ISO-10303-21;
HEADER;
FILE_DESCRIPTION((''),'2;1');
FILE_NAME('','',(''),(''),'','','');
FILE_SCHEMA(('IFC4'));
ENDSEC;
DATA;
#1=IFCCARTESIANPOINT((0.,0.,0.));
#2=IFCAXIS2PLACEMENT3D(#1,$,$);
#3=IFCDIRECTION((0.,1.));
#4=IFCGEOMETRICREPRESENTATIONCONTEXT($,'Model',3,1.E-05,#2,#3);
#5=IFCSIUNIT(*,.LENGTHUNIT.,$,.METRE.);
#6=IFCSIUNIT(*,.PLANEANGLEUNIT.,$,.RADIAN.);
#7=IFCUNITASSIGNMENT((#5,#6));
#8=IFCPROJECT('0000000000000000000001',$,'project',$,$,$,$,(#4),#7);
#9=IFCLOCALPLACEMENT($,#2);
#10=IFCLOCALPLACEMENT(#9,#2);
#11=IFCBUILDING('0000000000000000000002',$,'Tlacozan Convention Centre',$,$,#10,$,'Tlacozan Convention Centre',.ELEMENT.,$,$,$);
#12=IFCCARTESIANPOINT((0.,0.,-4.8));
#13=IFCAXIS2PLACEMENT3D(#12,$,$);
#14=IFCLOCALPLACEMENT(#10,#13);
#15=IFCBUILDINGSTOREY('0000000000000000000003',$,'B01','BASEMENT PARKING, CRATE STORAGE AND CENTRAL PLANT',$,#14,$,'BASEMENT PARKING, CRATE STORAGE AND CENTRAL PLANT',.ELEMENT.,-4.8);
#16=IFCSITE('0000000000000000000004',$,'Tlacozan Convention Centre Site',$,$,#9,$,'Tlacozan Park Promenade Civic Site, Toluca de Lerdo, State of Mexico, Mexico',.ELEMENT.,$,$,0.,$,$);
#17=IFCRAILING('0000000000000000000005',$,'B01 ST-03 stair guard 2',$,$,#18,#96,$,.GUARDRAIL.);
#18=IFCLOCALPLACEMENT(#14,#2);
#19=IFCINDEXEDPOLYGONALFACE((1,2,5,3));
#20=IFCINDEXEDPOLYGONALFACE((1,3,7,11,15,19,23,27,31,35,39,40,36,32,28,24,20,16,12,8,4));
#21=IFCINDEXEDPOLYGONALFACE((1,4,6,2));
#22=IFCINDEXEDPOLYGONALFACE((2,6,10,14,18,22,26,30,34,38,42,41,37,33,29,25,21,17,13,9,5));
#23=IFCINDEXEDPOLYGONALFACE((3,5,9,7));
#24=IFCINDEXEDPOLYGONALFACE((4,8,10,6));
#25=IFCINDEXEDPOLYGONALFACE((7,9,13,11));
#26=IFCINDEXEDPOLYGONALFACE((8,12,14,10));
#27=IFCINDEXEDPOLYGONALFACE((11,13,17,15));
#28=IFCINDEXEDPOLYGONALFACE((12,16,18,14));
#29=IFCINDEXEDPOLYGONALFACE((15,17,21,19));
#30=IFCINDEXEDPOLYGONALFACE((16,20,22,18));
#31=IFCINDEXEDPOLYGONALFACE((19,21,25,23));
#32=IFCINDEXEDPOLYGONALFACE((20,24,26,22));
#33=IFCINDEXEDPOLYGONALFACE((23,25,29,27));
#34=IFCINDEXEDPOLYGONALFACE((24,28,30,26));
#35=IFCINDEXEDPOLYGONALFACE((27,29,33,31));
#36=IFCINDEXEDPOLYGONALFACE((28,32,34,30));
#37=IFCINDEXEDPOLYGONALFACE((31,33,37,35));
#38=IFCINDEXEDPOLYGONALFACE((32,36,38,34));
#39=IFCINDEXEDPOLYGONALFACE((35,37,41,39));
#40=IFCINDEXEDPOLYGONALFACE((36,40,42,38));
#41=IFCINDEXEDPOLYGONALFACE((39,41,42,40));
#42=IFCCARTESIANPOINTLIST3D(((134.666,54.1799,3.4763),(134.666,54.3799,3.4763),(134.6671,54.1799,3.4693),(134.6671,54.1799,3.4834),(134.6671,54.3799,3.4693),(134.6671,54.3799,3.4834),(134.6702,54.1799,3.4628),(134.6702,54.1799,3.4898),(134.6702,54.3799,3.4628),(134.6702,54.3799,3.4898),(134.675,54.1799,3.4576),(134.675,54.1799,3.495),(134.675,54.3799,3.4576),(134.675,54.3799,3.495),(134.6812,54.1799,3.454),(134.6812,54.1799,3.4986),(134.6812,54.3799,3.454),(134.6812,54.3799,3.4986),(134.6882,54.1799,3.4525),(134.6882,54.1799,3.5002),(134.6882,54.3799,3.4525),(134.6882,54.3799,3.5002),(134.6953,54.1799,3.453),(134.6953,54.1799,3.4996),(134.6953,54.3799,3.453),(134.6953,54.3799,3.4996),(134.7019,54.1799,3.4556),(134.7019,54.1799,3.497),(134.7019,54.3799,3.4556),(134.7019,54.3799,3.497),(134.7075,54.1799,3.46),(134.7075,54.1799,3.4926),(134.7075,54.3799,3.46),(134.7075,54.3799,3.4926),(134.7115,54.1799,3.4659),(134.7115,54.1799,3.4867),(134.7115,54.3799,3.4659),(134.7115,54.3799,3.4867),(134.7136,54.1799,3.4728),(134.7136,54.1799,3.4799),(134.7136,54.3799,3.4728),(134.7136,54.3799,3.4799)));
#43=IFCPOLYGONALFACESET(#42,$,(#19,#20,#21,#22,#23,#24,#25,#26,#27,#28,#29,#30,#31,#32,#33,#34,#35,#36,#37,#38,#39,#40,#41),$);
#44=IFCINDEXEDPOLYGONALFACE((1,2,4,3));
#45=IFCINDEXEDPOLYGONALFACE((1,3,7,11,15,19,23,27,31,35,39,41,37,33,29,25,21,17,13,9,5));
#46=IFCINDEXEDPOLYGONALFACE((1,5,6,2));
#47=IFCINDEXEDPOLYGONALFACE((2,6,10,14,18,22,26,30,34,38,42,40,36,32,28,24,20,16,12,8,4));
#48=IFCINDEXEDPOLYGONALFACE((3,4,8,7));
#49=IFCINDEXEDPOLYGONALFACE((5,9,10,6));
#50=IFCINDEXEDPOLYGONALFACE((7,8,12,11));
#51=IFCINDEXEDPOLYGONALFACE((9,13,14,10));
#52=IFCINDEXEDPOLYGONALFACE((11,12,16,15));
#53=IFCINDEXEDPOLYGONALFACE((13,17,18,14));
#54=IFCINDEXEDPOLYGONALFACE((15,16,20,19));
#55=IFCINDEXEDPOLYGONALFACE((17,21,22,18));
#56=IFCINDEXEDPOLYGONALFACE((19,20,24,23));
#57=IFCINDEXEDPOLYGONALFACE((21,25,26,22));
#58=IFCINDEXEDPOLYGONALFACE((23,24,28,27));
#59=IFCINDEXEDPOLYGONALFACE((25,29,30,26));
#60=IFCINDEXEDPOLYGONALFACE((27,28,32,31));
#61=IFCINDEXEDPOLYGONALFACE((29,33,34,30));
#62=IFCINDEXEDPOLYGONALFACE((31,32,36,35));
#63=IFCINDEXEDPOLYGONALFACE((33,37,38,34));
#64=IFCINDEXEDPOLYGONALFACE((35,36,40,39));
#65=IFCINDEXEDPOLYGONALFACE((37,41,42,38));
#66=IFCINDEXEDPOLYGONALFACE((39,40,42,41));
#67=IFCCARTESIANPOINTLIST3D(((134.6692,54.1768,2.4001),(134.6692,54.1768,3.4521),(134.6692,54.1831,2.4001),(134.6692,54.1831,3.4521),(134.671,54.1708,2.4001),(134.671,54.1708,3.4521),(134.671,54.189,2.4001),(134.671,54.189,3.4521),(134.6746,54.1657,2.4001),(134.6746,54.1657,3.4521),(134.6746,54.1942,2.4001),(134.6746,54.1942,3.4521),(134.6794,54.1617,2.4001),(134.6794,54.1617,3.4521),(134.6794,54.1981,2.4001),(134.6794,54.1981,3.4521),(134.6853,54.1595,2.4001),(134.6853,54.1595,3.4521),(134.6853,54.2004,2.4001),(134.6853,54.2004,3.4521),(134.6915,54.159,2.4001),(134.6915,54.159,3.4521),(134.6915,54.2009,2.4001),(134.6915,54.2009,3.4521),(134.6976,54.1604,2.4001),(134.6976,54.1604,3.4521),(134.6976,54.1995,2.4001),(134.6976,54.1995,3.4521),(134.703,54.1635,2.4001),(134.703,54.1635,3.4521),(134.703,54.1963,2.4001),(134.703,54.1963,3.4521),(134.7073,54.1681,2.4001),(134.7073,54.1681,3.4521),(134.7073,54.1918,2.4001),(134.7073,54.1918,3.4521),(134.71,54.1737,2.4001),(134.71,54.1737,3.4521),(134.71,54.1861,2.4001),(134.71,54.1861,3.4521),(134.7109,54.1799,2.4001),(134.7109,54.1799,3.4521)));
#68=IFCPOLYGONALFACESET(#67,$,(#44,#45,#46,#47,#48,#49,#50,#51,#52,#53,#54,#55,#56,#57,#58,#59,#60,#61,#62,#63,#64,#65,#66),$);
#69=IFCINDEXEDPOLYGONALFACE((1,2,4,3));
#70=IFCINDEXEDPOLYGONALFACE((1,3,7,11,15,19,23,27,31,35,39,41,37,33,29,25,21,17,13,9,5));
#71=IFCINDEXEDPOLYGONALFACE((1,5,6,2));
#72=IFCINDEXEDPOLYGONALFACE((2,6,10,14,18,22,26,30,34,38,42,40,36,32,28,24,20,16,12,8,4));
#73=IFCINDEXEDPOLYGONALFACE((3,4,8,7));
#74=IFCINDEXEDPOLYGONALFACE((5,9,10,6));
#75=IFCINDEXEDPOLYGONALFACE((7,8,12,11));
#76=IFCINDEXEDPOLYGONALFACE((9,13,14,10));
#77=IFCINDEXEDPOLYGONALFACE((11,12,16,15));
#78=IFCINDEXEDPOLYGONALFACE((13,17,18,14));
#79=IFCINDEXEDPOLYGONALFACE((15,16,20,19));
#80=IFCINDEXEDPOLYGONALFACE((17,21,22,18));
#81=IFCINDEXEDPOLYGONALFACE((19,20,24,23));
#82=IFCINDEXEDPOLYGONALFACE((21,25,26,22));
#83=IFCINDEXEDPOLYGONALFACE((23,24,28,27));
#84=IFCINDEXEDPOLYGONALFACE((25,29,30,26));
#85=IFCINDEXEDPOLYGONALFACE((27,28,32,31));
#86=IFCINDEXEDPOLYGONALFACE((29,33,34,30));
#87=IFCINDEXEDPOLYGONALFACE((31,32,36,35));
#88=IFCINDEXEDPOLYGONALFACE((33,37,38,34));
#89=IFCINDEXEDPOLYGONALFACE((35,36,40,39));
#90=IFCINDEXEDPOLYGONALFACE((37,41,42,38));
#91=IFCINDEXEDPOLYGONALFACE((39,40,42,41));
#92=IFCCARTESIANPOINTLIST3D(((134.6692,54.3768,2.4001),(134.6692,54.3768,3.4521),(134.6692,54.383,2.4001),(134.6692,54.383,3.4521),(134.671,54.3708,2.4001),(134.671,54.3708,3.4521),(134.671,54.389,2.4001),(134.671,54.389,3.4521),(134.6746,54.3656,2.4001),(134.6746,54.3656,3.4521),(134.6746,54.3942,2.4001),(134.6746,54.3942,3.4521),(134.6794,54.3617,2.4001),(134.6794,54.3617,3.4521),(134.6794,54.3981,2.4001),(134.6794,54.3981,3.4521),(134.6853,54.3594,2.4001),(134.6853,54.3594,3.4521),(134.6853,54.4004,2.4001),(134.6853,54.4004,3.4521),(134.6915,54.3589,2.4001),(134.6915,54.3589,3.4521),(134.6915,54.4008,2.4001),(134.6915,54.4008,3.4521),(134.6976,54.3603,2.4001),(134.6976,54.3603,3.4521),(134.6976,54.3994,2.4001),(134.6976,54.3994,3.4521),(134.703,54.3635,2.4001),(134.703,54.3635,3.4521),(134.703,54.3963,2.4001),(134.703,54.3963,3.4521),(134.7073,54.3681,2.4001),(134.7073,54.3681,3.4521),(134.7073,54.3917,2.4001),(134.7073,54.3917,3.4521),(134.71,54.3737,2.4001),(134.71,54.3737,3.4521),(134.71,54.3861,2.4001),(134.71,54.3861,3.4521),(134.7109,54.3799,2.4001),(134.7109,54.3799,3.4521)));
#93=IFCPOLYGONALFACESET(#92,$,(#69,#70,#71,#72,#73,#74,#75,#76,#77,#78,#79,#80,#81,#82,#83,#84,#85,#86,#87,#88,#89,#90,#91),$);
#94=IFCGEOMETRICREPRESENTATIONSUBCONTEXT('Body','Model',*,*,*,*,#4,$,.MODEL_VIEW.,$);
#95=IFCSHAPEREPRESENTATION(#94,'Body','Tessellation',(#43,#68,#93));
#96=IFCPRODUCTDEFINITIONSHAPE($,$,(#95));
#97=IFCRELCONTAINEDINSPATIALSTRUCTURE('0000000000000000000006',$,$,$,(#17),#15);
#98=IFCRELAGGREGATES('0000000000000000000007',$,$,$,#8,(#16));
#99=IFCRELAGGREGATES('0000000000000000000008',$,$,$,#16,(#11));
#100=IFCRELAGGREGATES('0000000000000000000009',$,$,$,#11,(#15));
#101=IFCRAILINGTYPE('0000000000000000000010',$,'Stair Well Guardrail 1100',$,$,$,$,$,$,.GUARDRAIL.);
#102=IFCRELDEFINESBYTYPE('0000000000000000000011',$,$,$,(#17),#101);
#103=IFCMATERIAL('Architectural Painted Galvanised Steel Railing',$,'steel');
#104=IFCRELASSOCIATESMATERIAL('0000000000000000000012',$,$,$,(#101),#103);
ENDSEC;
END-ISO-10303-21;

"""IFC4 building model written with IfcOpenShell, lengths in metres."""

from ifc_helpers import new_model, si_unit, direction, frame, origin, origin_2d, place, context, subcontext, project, spatial, circle, extrude, material, type_object, element, save


model = new_model("IFC4")

# Units and contexts
model_context = context("Model", 3, precision=1e-05, world=origin(), true_north=direction((0.0, 1.0)))
body_context = subcontext(model_context, "Body", "Model", "MODEL_VIEW")
ifc_project = project(units=[si_unit("LENGTHUNIT", "METRE"), si_unit("PLANEANGLEUNIT", "RADIAN")], contexts=[model_context])

# Site, building, storey
site_placement = place(None, origin())
site = spatial("IfcSite", under=ifc_project, at=site_placement, Name="Tlacozan Convention Centre Site", LongName="Tlacozan Park Promenade Civic Site, Toluca de Lerdo, State of Mexico, Mexico", CompositionType="ELEMENT", RefElevation=0.0)
building_placement = place(site_placement, origin())
building = spatial("IfcBuilding", under=site, at=building_placement, Name="Tlacozan Convention Centre", LongName="Tlacozan Convention Centre", CompositionType="ELEMENT")
storey_placement = place(building_placement, frame((0.0, 0.0, -4.8)))
storey = spatial("IfcBuildingStorey", under=building, at=storey_placement, Name="B01", Description="BASEMENT PARKING, CRATE STORAGE AND CENTRAL PLANT", LongName="BASEMENT PARKING, CRATE STORAGE AND CENTRAL PLANT", CompositionType="ELEMENT", Elevation=-4.8)

# Railing
ifc_material_1 = material(Name="Architectural Painted Galvanised Steel Railing", Category="steel")
railing_type_1 = type_object("IfcRailingType", Name="Stair Well Guardrail 1100", PredefinedType="GUARDRAIL", material=ifc_material_1)
railing_1_placement = place(storey_placement, frame((134.6899, 54.1799, 2.4001)))
element("IfcRailing", 1, at=railing_1_placement, inside=storey, type_object=railing_type_1, Name="B01 ST-03 stair guard 2", PredefinedType="GUARDRAIL", context=body_context, shape_type="SweptSolid", body=[
    extrude(circle(Radius=0.0239, at=origin_2d()), frame((0.0, 0.0, 1.0762), z_axis=(0.0, 1.0, 0.0), x_axis=(-1.0, 0.0, 0.0)), (0.0, 0.0, 1.0), 0.2),
    extrude(circle(Radius=0.021, at=origin_2d()), origin(), (0.0, 0.0, 1.0), 1.052),
    extrude(circle(Radius=0.021, at=origin_2d()), frame((0.0, 0.2, 0.0)), (0.0, 0.0, 1.0), 1.052),
])

save(model, "model.ifc")
